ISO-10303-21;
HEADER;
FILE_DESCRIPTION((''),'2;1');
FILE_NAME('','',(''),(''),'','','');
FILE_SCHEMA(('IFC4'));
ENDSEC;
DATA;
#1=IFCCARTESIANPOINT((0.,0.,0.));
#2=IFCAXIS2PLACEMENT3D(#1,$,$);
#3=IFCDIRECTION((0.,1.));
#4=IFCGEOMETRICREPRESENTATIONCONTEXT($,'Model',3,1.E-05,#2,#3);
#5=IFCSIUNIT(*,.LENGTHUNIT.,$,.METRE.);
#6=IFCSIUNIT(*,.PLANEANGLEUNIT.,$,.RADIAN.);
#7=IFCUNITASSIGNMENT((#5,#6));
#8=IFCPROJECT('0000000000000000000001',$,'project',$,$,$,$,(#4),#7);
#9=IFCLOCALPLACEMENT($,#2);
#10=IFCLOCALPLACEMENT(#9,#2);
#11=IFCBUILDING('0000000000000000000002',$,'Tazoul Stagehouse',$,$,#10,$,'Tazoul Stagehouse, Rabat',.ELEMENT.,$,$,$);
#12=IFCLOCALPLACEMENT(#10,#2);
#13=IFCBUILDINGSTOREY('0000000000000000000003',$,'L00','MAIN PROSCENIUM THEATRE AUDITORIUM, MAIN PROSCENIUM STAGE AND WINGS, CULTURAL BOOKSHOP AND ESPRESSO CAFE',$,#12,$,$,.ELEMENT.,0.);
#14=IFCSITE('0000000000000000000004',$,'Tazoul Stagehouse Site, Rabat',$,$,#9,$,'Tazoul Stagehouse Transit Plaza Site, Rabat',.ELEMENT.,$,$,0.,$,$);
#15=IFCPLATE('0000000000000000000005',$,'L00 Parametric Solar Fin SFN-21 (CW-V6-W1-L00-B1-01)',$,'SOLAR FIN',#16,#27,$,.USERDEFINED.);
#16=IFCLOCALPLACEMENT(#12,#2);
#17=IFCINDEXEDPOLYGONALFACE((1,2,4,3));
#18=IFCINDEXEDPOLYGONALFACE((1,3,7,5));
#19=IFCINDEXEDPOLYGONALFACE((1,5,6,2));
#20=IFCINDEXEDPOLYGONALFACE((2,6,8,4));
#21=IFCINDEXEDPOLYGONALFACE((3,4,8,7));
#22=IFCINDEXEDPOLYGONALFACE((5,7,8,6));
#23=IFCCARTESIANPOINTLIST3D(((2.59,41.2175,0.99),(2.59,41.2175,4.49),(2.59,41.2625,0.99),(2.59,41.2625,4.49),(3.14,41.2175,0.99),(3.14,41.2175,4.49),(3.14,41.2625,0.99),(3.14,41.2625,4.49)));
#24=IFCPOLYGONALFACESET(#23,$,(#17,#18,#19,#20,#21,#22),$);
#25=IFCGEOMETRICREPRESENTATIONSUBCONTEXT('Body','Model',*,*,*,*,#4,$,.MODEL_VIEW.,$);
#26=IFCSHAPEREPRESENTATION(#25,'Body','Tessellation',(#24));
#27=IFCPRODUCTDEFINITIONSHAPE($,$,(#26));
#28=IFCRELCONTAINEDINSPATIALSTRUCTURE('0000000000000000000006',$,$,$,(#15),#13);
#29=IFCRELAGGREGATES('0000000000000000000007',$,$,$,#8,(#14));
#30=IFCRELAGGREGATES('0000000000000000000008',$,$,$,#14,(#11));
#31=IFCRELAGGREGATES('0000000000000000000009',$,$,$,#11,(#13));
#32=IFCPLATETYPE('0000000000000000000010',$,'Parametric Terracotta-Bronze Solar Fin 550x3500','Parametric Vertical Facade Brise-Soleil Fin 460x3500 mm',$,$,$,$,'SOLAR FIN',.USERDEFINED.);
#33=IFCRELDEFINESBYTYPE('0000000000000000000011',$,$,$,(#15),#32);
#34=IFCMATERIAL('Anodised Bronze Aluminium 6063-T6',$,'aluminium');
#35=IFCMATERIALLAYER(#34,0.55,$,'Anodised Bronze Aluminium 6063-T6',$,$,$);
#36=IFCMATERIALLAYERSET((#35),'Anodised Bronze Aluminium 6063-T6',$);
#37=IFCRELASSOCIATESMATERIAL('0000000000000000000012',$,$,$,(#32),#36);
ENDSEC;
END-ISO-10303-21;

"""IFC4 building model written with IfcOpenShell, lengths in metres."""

from ifc_helpers import new_model, si_unit, direction, frame, origin, origin_2d, place, context, subcontext, project, spatial, rectangle, extrude, material, layer, layer_set, type_object, element, save


model = new_model("IFC4")

# Units and contexts
model_context = context("Model", 3, precision=1e-05, world=origin(), true_north=direction((0.0, 1.0)))
body_context = subcontext(model_context, "Body", "Model", "MODEL_VIEW")
ifc_project = project(units=[si_unit("LENGTHUNIT", "METRE"), si_unit("PLANEANGLEUNIT", "RADIAN")], contexts=[model_context])

# Shared definitions
ifc_material_1 = material(Name="Anodised Bronze Aluminium 6063-T6", Category="aluminium")
site_placement = place(None, origin())
building_placement = place(site_placement, origin())
storey_placement = place(building_placement, origin())

# Site, building, storey
site = spatial("IfcSite", under=ifc_project, at=site_placement, Name="Tazoul Stagehouse Site, Rabat", LongName="Tazoul Stagehouse Transit Plaza Site, Rabat", CompositionType="ELEMENT", RefElevation=0.0)
building = spatial("IfcBuilding", under=site, at=building_placement, Name="Tazoul Stagehouse", LongName="Tazoul Stagehouse, Rabat", CompositionType="ELEMENT")
storey = spatial("IfcBuildingStorey", under=building, at=storey_placement, Name="L00", Description="MAIN PROSCENIUM THEATRE AUDITORIUM, MAIN PROSCENIUM STAGE AND WINGS, CULTURAL BOOKSHOP AND ESPRESSO CAFE", CompositionType="ELEMENT", Elevation=0.0)

# Plate
ifc_layer_1 = layer(ifc_material_1, 0.55, Name="Anodised Bronze Aluminium 6063-T6")
ifc_layer_set_1 = layer_set([ifc_layer_1], Name="Anodised Bronze Aluminium 6063-T6")
plate_type_1 = type_object("IfcPlateType", Name="Parametric Terracotta-Bronze Solar Fin 550x3500", Description="Parametric Vertical Facade Brise-Soleil Fin 460x3500 mm", ElementType="SOLAR FIN", PredefinedType="USERDEFINED", material=ifc_layer_set_1)
plate_1_placement = place(storey_placement, frame((2.865, 41.24, 0.99), z_axis=(0.0, 0.0, 1.0), x_axis=(0.0, 1.0, 0.0)))
element("IfcPlate", 1, at=plate_1_placement, inside=storey, type_object=plate_type_1, Name="L00 Parametric Solar Fin SFN-21 (CW-V6-W1-L00-B1-01)", ObjectType="SOLAR FIN", PredefinedType="USERDEFINED", context=body_context, shape_type="SweptSolid", body=[
    extrude(rectangle(XDim=0.0449, YDim=0.55, at=origin_2d()), origin(), (0.0, 0.0, 1.0), 3.5),
])

save(model, "model.ifc")
